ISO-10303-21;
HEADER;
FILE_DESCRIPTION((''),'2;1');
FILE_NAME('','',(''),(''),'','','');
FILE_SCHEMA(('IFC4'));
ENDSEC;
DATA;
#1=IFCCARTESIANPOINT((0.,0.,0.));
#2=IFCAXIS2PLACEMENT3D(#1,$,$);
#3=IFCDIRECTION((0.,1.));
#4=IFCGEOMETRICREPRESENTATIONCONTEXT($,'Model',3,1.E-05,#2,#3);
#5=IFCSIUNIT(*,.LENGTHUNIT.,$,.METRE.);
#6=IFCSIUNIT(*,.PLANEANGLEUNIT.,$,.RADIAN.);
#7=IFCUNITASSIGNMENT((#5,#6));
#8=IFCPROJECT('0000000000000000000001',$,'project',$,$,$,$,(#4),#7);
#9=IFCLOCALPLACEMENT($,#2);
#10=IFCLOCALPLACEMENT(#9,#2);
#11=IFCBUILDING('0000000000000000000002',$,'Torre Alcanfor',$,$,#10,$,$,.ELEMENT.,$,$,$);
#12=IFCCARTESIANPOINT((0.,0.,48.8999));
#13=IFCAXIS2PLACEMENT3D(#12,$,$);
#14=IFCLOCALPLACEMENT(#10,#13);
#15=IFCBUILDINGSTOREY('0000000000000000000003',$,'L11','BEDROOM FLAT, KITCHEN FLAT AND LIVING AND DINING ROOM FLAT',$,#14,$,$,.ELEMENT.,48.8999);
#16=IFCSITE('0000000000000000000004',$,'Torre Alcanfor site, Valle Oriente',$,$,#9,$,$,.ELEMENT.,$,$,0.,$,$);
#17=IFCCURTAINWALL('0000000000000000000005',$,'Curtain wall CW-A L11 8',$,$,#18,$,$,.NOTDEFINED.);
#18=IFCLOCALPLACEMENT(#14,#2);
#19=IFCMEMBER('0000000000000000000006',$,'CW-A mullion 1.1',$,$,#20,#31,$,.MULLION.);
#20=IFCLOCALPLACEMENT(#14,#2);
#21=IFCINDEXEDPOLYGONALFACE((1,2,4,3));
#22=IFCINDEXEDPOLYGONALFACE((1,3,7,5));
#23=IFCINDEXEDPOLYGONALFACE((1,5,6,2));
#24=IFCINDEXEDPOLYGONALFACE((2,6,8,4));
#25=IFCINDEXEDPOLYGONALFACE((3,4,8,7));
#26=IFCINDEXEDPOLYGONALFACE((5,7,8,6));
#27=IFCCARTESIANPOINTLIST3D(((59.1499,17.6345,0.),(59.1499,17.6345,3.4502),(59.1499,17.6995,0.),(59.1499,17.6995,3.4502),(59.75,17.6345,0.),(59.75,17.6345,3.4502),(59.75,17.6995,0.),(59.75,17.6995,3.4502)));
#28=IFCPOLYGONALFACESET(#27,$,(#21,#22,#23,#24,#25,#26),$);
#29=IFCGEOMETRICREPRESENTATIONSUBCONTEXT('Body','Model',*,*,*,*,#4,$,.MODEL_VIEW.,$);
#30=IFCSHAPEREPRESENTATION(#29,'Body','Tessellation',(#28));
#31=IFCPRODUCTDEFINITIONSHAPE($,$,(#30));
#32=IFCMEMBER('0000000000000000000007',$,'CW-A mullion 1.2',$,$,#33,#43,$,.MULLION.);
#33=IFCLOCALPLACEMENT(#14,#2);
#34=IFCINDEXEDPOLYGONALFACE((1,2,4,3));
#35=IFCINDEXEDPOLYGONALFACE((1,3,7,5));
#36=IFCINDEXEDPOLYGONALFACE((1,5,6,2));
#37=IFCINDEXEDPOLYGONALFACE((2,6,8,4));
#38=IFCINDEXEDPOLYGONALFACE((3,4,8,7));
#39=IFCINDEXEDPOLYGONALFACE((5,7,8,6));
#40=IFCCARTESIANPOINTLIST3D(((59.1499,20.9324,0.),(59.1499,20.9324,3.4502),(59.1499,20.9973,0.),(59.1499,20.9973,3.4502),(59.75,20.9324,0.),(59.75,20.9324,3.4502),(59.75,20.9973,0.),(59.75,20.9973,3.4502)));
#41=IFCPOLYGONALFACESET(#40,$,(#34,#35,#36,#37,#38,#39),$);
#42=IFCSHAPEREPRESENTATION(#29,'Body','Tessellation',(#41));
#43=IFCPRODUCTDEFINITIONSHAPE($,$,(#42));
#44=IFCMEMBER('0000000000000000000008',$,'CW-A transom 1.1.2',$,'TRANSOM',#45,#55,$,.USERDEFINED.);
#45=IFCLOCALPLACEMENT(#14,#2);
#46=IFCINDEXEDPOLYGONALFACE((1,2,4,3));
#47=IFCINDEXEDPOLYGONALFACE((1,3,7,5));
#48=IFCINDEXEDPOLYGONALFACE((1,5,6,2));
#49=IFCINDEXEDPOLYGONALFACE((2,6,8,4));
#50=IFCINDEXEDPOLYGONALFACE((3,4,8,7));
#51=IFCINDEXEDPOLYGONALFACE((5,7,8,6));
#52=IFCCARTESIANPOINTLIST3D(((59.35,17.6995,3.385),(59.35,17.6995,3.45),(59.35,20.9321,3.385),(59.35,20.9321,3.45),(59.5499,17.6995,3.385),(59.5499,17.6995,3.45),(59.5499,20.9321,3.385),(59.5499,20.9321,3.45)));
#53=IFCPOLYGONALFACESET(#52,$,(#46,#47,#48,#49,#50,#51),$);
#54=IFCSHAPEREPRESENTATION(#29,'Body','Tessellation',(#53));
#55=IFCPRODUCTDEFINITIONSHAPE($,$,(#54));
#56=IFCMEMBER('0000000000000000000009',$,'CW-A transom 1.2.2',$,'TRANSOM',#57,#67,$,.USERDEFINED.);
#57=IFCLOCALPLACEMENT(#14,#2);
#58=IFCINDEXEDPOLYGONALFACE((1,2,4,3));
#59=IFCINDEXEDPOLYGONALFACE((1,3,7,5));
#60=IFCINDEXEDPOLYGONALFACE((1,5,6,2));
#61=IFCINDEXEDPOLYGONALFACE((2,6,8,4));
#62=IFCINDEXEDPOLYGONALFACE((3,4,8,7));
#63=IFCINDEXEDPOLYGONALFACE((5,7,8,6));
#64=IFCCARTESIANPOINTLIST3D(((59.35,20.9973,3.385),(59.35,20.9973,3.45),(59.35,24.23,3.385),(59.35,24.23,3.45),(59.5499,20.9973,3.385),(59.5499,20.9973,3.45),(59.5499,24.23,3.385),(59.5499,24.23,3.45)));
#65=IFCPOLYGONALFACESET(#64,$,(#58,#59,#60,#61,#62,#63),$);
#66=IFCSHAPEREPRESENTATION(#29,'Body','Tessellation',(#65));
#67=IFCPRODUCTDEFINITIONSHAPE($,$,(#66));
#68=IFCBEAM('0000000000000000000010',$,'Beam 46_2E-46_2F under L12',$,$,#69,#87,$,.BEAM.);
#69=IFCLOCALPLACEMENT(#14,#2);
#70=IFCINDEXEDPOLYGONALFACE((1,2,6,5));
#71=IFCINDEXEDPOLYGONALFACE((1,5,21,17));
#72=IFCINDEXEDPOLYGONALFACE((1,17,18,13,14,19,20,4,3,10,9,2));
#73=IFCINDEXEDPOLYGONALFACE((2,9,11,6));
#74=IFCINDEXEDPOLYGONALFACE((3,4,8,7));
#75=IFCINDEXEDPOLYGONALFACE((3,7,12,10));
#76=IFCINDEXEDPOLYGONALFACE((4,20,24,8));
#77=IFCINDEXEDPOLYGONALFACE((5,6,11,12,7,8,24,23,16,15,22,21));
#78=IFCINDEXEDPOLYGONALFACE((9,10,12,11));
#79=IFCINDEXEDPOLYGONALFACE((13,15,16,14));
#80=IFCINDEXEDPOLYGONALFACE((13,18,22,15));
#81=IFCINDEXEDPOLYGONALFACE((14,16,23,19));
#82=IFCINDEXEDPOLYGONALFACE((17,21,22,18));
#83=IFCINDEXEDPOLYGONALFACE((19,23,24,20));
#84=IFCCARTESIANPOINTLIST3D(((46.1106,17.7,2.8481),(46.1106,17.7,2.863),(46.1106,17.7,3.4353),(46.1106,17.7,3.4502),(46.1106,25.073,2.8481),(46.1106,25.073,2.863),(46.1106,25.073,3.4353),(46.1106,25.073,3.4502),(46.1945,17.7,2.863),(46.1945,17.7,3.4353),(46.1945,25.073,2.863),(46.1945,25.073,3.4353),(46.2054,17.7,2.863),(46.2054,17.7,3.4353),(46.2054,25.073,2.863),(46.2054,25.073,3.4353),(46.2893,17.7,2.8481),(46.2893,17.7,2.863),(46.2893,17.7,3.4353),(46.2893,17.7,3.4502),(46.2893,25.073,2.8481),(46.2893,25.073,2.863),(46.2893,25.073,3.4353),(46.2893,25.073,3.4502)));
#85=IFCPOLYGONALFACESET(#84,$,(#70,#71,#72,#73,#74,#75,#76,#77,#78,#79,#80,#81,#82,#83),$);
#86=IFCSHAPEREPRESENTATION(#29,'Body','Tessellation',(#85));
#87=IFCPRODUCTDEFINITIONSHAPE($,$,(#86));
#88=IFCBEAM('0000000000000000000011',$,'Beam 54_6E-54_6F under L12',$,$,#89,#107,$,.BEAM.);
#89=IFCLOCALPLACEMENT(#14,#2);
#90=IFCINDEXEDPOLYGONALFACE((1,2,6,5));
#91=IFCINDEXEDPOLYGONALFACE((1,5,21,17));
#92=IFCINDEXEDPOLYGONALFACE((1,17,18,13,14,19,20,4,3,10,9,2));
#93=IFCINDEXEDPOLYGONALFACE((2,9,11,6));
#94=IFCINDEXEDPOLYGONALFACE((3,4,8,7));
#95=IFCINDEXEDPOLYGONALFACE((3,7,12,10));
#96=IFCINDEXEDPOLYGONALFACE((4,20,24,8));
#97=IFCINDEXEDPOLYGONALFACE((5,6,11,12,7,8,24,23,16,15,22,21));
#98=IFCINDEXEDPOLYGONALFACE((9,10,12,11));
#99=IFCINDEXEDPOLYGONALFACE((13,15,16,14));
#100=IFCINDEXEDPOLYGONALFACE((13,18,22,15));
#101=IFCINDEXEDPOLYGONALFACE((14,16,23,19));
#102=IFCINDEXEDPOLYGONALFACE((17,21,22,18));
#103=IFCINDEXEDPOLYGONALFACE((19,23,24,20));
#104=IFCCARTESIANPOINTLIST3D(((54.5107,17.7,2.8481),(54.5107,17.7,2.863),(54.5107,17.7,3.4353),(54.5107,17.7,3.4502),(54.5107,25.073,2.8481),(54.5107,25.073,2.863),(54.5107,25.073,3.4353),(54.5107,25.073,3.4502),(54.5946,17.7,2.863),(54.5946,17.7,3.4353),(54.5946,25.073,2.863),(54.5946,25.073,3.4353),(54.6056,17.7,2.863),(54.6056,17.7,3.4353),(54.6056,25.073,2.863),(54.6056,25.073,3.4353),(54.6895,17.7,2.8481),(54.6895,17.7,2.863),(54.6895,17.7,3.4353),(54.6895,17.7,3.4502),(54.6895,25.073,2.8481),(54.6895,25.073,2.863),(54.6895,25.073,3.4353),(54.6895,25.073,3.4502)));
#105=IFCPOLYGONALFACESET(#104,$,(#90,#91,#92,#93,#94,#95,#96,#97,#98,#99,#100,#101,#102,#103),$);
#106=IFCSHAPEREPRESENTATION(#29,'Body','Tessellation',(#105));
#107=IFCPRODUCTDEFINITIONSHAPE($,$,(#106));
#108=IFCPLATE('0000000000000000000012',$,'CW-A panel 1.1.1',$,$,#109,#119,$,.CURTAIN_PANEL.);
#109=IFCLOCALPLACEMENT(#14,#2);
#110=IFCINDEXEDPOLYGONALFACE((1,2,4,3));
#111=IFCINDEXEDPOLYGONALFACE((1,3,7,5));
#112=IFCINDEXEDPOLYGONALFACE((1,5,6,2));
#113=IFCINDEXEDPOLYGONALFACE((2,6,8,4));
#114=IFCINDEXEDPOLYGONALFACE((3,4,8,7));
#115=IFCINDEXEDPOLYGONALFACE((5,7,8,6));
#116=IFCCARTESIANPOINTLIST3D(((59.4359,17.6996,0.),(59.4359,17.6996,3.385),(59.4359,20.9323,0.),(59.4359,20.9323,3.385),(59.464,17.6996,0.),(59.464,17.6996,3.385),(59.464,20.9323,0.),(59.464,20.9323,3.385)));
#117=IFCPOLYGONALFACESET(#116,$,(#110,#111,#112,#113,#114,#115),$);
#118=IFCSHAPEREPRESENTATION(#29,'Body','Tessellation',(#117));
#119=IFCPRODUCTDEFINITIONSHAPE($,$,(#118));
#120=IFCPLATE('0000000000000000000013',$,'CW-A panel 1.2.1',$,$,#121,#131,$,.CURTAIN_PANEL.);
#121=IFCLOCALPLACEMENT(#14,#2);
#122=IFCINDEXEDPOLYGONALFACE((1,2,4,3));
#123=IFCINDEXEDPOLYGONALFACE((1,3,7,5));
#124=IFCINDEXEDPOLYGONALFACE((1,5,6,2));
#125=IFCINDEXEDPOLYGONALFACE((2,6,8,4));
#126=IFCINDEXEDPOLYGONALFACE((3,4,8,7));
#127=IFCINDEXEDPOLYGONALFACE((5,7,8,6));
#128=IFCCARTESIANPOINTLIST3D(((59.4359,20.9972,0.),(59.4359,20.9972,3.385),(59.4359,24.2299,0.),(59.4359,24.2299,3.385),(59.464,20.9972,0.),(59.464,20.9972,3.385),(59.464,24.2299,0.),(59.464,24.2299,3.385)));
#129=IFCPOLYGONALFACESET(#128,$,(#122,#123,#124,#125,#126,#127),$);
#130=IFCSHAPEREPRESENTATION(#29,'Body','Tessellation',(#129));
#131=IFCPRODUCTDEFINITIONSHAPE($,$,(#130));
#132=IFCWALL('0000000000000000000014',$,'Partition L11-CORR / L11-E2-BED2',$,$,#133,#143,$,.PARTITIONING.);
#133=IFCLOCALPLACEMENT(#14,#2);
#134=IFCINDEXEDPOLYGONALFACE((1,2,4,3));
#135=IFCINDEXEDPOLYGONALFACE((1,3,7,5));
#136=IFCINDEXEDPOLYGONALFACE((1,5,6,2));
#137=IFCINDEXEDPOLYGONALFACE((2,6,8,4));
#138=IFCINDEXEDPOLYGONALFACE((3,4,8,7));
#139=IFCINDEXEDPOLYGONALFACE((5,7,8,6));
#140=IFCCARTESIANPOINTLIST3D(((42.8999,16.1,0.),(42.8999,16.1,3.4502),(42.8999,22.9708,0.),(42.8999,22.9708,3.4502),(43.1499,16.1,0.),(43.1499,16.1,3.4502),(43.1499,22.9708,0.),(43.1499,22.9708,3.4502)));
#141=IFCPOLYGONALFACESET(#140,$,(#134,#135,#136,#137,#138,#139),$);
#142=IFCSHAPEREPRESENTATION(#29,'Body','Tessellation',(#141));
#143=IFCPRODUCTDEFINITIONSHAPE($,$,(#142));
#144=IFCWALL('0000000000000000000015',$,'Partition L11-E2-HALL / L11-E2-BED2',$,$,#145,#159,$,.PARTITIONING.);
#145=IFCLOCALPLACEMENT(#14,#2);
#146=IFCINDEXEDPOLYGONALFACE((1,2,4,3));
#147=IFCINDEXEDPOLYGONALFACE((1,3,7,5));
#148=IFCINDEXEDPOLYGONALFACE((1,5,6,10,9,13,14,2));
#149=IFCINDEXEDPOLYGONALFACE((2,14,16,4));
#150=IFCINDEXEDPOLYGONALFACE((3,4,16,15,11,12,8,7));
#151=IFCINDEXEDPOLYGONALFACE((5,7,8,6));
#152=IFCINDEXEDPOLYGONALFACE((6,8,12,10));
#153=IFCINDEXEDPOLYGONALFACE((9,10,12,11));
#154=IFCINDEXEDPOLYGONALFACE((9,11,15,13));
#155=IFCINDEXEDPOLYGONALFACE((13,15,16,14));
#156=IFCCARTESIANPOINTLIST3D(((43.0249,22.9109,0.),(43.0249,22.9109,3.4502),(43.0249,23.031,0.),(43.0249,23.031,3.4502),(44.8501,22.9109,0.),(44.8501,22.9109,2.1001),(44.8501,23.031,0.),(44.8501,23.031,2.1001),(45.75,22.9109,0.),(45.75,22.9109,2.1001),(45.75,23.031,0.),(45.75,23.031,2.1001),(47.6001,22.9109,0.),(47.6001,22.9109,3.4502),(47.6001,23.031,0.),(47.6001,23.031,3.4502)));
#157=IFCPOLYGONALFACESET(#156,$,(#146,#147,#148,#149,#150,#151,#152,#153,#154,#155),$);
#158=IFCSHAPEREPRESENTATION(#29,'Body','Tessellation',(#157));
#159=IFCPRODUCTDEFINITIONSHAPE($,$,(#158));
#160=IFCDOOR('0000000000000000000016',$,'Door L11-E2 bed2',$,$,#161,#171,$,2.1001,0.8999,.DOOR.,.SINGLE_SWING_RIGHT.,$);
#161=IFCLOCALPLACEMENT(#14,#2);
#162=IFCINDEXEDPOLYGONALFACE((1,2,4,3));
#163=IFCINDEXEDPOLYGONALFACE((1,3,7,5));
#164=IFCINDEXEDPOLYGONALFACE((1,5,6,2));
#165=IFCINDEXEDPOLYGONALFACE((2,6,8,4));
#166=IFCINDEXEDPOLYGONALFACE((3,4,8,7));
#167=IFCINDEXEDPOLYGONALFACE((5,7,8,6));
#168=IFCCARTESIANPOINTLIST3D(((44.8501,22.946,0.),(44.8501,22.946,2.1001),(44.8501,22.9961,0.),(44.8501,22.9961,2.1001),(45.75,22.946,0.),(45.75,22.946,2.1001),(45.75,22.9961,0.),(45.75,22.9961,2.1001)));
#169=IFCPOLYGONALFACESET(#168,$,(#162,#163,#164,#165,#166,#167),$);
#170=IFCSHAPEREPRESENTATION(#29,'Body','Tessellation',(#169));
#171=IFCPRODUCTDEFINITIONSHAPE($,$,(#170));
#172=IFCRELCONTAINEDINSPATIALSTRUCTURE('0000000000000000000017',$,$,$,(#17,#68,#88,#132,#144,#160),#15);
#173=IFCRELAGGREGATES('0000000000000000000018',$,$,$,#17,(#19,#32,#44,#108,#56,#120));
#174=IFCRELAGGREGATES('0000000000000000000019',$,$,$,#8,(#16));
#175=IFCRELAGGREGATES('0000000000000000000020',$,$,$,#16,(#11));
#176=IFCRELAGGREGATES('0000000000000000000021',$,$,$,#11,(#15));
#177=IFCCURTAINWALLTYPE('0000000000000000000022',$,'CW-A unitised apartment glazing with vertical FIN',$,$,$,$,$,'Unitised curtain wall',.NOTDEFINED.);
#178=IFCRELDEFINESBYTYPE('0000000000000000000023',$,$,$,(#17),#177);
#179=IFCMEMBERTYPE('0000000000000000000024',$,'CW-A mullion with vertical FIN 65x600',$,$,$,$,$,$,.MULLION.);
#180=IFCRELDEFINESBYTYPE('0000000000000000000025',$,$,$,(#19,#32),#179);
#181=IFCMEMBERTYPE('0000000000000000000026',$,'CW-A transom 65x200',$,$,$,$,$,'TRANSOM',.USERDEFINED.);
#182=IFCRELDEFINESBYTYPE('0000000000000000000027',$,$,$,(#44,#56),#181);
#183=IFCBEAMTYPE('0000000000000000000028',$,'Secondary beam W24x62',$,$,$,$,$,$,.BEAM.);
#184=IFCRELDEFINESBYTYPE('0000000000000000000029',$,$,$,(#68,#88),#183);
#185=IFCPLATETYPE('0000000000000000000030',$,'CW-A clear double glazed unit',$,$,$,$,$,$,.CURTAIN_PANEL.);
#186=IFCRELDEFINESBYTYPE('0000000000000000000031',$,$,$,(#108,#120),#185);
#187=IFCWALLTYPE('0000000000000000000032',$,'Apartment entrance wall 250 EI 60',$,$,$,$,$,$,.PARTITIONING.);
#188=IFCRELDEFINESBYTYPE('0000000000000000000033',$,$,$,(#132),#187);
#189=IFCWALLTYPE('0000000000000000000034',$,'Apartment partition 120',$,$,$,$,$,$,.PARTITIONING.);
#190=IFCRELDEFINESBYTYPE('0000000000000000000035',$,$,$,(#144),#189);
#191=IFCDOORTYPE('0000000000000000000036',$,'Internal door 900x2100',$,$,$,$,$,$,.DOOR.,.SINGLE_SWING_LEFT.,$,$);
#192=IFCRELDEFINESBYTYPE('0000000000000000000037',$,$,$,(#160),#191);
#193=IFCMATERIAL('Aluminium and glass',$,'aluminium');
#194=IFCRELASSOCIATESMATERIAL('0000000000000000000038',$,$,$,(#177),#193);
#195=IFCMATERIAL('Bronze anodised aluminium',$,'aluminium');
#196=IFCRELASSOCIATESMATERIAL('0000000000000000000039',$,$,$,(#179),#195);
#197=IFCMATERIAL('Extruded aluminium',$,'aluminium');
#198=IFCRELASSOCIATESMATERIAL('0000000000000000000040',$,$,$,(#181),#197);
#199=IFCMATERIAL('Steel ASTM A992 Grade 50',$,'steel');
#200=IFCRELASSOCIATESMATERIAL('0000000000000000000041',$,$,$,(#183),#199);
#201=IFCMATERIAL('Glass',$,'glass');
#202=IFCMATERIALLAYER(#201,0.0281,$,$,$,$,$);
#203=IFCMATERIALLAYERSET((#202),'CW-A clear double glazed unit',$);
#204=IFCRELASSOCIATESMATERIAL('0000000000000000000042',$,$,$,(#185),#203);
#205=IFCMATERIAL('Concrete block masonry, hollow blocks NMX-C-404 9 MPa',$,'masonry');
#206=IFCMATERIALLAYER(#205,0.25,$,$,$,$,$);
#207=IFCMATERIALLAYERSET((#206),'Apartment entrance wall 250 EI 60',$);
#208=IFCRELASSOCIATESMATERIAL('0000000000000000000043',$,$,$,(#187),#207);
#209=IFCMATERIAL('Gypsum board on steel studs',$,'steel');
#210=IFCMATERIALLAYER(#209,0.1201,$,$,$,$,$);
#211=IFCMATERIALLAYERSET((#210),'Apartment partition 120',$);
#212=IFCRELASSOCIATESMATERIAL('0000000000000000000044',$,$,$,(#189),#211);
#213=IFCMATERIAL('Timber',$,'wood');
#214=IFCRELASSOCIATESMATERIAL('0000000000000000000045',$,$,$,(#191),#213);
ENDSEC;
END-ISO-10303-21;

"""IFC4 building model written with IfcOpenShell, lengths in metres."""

from ifc_helpers import new_model, si_unit, direction, frame, frame_2d, origin, origin_2d, place, context, subcontext, project, spatial, rectangle, i_section, extrude, material, layer, layer_set, material_profile, profile_set, type_object, element, fill, aggregate, save


model = new_model("IFC4")

# Units and contexts
model_context = context("Model", 3, precision=1e-05, world=origin(), true_north=direction((0.0, 1.0)))
body_context = subcontext(model_context, "Body", "Model", "MODEL_VIEW")
ifc_project = project(units=[si_unit("LENGTHUNIT", "METRE"), si_unit("PLANEANGLEUNIT", "RADIAN")], contexts=[model_context])

# Site, building, storey
site_placement = place(None, origin())
site = spatial("IfcSite", under=ifc_project, at=site_placement, Name="Torre Alcanfor site, Valle Oriente", CompositionType="ELEMENT", RefElevation=0.0)
building_placement = place(site_placement, origin())
building = spatial("IfcBuilding", under=site, at=building_placement, Name="Torre Alcanfor", CompositionType="ELEMENT")
storey_placement = place(building_placement, frame((0.0, 0.0, 48.8999)))
storey = spatial("IfcBuildingStorey", under=building, at=storey_placement, Name="L11", Description="BEDROOM FLAT, KITCHEN FLAT AND LIVING AND DINING ROOM FLAT", CompositionType="ELEMENT", Elevation=48.8999)

# Curtain wall, members
ifc_material_1 = material(Name="Aluminium and glass", Category="aluminium")
curtain_wall_type = type_object("IfcCurtainWallType", Name="CW-A unitised apartment glazing with vertical FIN", ElementType="Unitised curtain wall", PredefinedType="NOTDEFINED", material=ifc_material_1)
curtain_wall_placement = place(storey_placement, origin())
curtain_wall = element("IfcCurtainWall", 1, at=curtain_wall_placement, inside=storey, type_object=curtain_wall_type, Name="Curtain wall CW-A L11 8", PredefinedType="NOTDEFINED")
ifc_material_2 = material(Name="Bronze anodised aluminium", Category="aluminium")
ifc_material_profile_1 = material_profile(ifc_material_2, rectangle(XDim=0.6001, YDim=0.0649, at=origin_2d()), Name="CW-A mullion 65x600")
ifc_profile_set_1 = profile_set([ifc_material_profile_1], Name="Bronze anodised aluminium")
member_type_1 = type_object("IfcMemberType", Name="CW-A mullion with vertical FIN 65x600", PredefinedType="MULLION", material=ifc_profile_set_1)
member_1_placement = place(storey_placement, frame((59.45, 17.667, 0.0), z_axis=(0.0, 0.0, 1.0), x_axis=(-1.0, 0.0, 0.0)))
member_1 = element("IfcMember", 2, at=member_1_placement, type_object=member_type_1, Name="CW-A mullion 1.1", PredefinedType="MULLION", context=body_context, shape_type="SweptSolid", body=[
    extrude(rectangle(XDim=0.6001, YDim=0.0649, at=origin_2d()), origin(), (0.0, 0.0, 1.0), 3.4502),
])
member_2_placement = place(storey_placement, frame((59.45, 20.9648, 0.0), z_axis=(0.0, 0.0, 1.0), x_axis=(-1.0, 0.0, 0.0)))
member_2 = element("IfcMember", 3, at=member_2_placement, type_object=member_type_1, Name="CW-A mullion 1.2", PredefinedType="MULLION", context=body_context, shape_type="SweptSolid", body=[
    extrude(rectangle(XDim=0.6001, YDim=0.0649, at=origin_2d()), origin(), (0.0, 0.0, 1.0), 3.4502),
])
ifc_material_3 = material(Name="Extruded aluminium", Category="aluminium")
ifc_material_profile_2 = material_profile(ifc_material_3, rectangle(XDim=0.2, YDim=0.0649, at=origin_2d()), Name="CW-A transom 200x65")
ifc_profile_set_2 = profile_set([ifc_material_profile_2], Name="Extruded aluminium")
member_type_2 = type_object("IfcMemberType", Name="CW-A transom 65x200", ElementType="TRANSOM", PredefinedType="USERDEFINED", material=ifc_profile_set_2)
member_3_placement = place(storey_placement, frame((59.45, 17.6995, 3.4175), z_axis=(0.0, 1.0, 0.0), x_axis=(-1.0, 0.0, 0.0)))
member_3 = element("IfcMember", 4, at=member_3_placement, type_object=member_type_2, Name="CW-A transom 1.1.2", ObjectType="TRANSOM", PredefinedType="USERDEFINED", context=body_context, shape_type="SweptSolid", body=[
    extrude(rectangle(XDim=0.2, YDim=0.0649, at=origin_2d()), origin(), (0.0, 0.0, 1.0), 3.2327),
])
member_4_placement = place(storey_placement, frame((59.45, 20.9973, 3.4175), z_axis=(0.0, 1.0, 0.0), x_axis=(-1.0, 0.0, 0.0)))
member_4 = element("IfcMember", 5, at=member_4_placement, type_object=member_type_2, Name="CW-A transom 1.2.2", ObjectType="TRANSOM", PredefinedType="USERDEFINED", context=body_context, shape_type="SweptSolid", body=[
    extrude(rectangle(XDim=0.2, YDim=0.0649, at=origin_2d()), origin(), (0.0, 0.0, 1.0), 3.2327),
])

# Beams
ifc_material_4 = material(Name="Steel ASTM A992 Grade 50", Category="steel")
ifc_material_profile_3 = material_profile(ifc_material_4, i_section(OverallWidth=0.1787, OverallDepth=0.6021, WebThickness=0.011, FlangeThickness=0.0149, at=origin_2d()), Name="W24x62")
ifc_profile_set_3 = profile_set([ifc_material_profile_3], Name="Steel ASTM A992 Grade 50")
beam_type = type_object("IfcBeamType", Name="Secondary beam W24x62", PredefinedType="BEAM", material=ifc_profile_set_3)
for number, where, z_axis, x_axis, name in (
    (6, (46.2, 17.7, 3.1492), (0.0, 1.0, 0.0), (-1.0, 0.0, 0.0), "Beam 46_2E-46_2F under L12"),
    (7, (54.6001, 17.7, 3.1492), (0.0, 1.0, 0.0), (-1.0, 0.0, 0.0), "Beam 54_6E-54_6F under L12"),
):
    element("IfcBeam", number, at=place(storey_placement, frame(where, z_axis=z_axis, x_axis=x_axis)), inside=storey, type_object=beam_type, Name=name, PredefinedType="BEAM", context=body_context, shape_type="SweptSolid", body=[
        extrude(i_section(OverallWidth=0.1787, OverallDepth=0.6021, WebThickness=0.011, FlangeThickness=0.0149, at=origin_2d()), origin(), (0.0, 0.0, 1.0), 7.373),
    ])

# Plates
ifc_material_5 = material(Name="Glass", Category="glass")
ifc_layer_1 = layer(ifc_material_5, 0.0281)
ifc_layer_set_1 = layer_set([ifc_layer_1], Name="CW-A clear double glazed unit")
plate_type = type_object("IfcPlateType", Name="CW-A clear double glazed unit", PredefinedType="CURTAIN_PANEL", material=ifc_layer_set_1)
plate_1_placement = place(storey_placement, frame((59.45, 19.3159, 0.0), z_axis=(0.0, 0.0, 1.0), x_axis=(0.0, 1.0, 0.0)))
plate_1 = element("IfcPlate", 8, at=plate_1_placement, type_object=plate_type, Name="CW-A panel 1.1.1", PredefinedType="CURTAIN_PANEL", context=body_context, shape_type="SweptSolid", body=[
    extrude(rectangle(XDim=3.2327, YDim=0.0281, at=origin_2d()), origin(), (0.0, 0.0, 1.0), 3.385),
])
plate_2_placement = place(storey_placement, frame((59.45, 22.6135, 0.0), z_axis=(0.0, 0.0, 1.0), x_axis=(0.0, 1.0, 0.0)))
plate_2 = element("IfcPlate", 9, at=plate_2_placement, type_object=plate_type, Name="CW-A panel 1.2.1", PredefinedType="CURTAIN_PANEL", context=body_context, shape_type="SweptSolid", body=[
    extrude(rectangle(XDim=3.2327, YDim=0.0281, at=origin_2d()), origin(), (0.0, 0.0, 1.0), 3.385),
])
aggregate(curtain_wall, [member_1, member_2, member_3, plate_1, member_4, plate_2])

# Wall
ifc_material_6 = material(Name="Concrete block masonry, hollow blocks NMX-C-404 9 MPa", Category="masonry")
ifc_layer_2 = layer(ifc_material_6, 0.25)
ifc_layer_set_2 = layer_set([ifc_layer_2], Name="Apartment entrance wall 250 EI 60")
wall_type_1 = type_object("IfcWallType", Name="Apartment entrance wall 250 EI 60", PredefinedType="PARTITIONING", material=ifc_layer_set_2)
wall_1_placement = place(storey_placement, frame((43.0249, 22.9709, 0.0), z_axis=(0.0, 0.0, 1.0), x_axis=(0.0, -1.0, 0.0)))
element("IfcWall", 10, at=wall_1_placement, inside=storey, type_object=wall_type_1, Name="Partition L11-CORR / L11-E2-BED2", PredefinedType="PARTITIONING", context=body_context, shape_type="SweptSolid", body=[
    extrude(rectangle(XDim=6.8708, YDim=0.25, at=frame_2d((3.4355, 0.0))), origin(), (0.0, 0.0, 1.0), 3.4502),
])

# Wall, opening, door
ifc_material_7 = material(Name="Gypsum board on steel studs", Category="steel")
ifc_layer_3 = layer(ifc_material_7, 0.1201)
ifc_layer_set_3 = layer_set([ifc_layer_3], Name="Apartment partition 120")
wall_type_2 = type_object("IfcWallType", Name="Apartment partition 120", PredefinedType="PARTITIONING", material=ifc_layer_set_3)
wall_2_placement = place(storey_placement, frame((47.6001, 22.9709, 0.0), z_axis=(0.0, 0.0, 1.0), x_axis=(-1.0, 0.0, 0.0)))
wall_2 = element("IfcWall", 11, at=wall_2_placement, inside=storey, type_object=wall_type_2, Name="Partition L11-E2-HALL / L11-E2-BED2", PredefinedType="PARTITIONING", context=body_context, shape_type="SweptSolid", body=[
    extrude(rectangle(XDim=4.5752, YDim=0.1201, at=frame_2d((2.2876, 0.0))), origin(), (0.0, 0.0, 1.0), 3.4502),
])
opening_1_placement = place(wall_2_placement, frame((1.8501, 0.0, 0.0)))
opening_1 = element("IfcOpeningElement", 12, at=opening_1_placement, cuts=wall_2, PredefinedType="OPENING", context=body_context, shape_type="SweptSolid", body=[
    extrude(rectangle(XDim=0.8999, YDim=2.1001, at=frame_2d((0.45, 1.05))), frame((0.0, 0.0701, 0.0), z_axis=(0.0, -1.0, 0.0), x_axis=(1.0, 0.0, 0.0)), (0.0, 0.0, 1.0), 0.1401),
])
ifc_material_8 = material(Name="Timber", Category="wood")
door_type_1 = type_object("IfcDoorType", Name="Internal door 900x2100", OperationType="SINGLE_SWING_LEFT", PredefinedType="DOOR", material=ifc_material_8)
door_1_placement = place(opening_1_placement, origin())
door_1 = element("IfcDoor", 13, at=door_1_placement, inside=storey, type_object=door_type_1, Name="Door L11-E2 bed2", OperationType="SINGLE_SWING_RIGHT", OverallHeight=2.1001, OverallWidth=0.8999, PredefinedType="DOOR", context=body_context, shape_type="SweptSolid", body=[
    extrude(rectangle(XDim=0.8999, YDim=2.1001, at=frame_2d((0.45, 1.05))), frame((0.0, 0.0249, 0.0), z_axis=(0.0, -1.0, 0.0), x_axis=(1.0, 0.0, 0.0)), (0.0, 0.0, 1.0), 0.05),
])
fill(opening_1, door_1)

save(model, "model.ifc")
